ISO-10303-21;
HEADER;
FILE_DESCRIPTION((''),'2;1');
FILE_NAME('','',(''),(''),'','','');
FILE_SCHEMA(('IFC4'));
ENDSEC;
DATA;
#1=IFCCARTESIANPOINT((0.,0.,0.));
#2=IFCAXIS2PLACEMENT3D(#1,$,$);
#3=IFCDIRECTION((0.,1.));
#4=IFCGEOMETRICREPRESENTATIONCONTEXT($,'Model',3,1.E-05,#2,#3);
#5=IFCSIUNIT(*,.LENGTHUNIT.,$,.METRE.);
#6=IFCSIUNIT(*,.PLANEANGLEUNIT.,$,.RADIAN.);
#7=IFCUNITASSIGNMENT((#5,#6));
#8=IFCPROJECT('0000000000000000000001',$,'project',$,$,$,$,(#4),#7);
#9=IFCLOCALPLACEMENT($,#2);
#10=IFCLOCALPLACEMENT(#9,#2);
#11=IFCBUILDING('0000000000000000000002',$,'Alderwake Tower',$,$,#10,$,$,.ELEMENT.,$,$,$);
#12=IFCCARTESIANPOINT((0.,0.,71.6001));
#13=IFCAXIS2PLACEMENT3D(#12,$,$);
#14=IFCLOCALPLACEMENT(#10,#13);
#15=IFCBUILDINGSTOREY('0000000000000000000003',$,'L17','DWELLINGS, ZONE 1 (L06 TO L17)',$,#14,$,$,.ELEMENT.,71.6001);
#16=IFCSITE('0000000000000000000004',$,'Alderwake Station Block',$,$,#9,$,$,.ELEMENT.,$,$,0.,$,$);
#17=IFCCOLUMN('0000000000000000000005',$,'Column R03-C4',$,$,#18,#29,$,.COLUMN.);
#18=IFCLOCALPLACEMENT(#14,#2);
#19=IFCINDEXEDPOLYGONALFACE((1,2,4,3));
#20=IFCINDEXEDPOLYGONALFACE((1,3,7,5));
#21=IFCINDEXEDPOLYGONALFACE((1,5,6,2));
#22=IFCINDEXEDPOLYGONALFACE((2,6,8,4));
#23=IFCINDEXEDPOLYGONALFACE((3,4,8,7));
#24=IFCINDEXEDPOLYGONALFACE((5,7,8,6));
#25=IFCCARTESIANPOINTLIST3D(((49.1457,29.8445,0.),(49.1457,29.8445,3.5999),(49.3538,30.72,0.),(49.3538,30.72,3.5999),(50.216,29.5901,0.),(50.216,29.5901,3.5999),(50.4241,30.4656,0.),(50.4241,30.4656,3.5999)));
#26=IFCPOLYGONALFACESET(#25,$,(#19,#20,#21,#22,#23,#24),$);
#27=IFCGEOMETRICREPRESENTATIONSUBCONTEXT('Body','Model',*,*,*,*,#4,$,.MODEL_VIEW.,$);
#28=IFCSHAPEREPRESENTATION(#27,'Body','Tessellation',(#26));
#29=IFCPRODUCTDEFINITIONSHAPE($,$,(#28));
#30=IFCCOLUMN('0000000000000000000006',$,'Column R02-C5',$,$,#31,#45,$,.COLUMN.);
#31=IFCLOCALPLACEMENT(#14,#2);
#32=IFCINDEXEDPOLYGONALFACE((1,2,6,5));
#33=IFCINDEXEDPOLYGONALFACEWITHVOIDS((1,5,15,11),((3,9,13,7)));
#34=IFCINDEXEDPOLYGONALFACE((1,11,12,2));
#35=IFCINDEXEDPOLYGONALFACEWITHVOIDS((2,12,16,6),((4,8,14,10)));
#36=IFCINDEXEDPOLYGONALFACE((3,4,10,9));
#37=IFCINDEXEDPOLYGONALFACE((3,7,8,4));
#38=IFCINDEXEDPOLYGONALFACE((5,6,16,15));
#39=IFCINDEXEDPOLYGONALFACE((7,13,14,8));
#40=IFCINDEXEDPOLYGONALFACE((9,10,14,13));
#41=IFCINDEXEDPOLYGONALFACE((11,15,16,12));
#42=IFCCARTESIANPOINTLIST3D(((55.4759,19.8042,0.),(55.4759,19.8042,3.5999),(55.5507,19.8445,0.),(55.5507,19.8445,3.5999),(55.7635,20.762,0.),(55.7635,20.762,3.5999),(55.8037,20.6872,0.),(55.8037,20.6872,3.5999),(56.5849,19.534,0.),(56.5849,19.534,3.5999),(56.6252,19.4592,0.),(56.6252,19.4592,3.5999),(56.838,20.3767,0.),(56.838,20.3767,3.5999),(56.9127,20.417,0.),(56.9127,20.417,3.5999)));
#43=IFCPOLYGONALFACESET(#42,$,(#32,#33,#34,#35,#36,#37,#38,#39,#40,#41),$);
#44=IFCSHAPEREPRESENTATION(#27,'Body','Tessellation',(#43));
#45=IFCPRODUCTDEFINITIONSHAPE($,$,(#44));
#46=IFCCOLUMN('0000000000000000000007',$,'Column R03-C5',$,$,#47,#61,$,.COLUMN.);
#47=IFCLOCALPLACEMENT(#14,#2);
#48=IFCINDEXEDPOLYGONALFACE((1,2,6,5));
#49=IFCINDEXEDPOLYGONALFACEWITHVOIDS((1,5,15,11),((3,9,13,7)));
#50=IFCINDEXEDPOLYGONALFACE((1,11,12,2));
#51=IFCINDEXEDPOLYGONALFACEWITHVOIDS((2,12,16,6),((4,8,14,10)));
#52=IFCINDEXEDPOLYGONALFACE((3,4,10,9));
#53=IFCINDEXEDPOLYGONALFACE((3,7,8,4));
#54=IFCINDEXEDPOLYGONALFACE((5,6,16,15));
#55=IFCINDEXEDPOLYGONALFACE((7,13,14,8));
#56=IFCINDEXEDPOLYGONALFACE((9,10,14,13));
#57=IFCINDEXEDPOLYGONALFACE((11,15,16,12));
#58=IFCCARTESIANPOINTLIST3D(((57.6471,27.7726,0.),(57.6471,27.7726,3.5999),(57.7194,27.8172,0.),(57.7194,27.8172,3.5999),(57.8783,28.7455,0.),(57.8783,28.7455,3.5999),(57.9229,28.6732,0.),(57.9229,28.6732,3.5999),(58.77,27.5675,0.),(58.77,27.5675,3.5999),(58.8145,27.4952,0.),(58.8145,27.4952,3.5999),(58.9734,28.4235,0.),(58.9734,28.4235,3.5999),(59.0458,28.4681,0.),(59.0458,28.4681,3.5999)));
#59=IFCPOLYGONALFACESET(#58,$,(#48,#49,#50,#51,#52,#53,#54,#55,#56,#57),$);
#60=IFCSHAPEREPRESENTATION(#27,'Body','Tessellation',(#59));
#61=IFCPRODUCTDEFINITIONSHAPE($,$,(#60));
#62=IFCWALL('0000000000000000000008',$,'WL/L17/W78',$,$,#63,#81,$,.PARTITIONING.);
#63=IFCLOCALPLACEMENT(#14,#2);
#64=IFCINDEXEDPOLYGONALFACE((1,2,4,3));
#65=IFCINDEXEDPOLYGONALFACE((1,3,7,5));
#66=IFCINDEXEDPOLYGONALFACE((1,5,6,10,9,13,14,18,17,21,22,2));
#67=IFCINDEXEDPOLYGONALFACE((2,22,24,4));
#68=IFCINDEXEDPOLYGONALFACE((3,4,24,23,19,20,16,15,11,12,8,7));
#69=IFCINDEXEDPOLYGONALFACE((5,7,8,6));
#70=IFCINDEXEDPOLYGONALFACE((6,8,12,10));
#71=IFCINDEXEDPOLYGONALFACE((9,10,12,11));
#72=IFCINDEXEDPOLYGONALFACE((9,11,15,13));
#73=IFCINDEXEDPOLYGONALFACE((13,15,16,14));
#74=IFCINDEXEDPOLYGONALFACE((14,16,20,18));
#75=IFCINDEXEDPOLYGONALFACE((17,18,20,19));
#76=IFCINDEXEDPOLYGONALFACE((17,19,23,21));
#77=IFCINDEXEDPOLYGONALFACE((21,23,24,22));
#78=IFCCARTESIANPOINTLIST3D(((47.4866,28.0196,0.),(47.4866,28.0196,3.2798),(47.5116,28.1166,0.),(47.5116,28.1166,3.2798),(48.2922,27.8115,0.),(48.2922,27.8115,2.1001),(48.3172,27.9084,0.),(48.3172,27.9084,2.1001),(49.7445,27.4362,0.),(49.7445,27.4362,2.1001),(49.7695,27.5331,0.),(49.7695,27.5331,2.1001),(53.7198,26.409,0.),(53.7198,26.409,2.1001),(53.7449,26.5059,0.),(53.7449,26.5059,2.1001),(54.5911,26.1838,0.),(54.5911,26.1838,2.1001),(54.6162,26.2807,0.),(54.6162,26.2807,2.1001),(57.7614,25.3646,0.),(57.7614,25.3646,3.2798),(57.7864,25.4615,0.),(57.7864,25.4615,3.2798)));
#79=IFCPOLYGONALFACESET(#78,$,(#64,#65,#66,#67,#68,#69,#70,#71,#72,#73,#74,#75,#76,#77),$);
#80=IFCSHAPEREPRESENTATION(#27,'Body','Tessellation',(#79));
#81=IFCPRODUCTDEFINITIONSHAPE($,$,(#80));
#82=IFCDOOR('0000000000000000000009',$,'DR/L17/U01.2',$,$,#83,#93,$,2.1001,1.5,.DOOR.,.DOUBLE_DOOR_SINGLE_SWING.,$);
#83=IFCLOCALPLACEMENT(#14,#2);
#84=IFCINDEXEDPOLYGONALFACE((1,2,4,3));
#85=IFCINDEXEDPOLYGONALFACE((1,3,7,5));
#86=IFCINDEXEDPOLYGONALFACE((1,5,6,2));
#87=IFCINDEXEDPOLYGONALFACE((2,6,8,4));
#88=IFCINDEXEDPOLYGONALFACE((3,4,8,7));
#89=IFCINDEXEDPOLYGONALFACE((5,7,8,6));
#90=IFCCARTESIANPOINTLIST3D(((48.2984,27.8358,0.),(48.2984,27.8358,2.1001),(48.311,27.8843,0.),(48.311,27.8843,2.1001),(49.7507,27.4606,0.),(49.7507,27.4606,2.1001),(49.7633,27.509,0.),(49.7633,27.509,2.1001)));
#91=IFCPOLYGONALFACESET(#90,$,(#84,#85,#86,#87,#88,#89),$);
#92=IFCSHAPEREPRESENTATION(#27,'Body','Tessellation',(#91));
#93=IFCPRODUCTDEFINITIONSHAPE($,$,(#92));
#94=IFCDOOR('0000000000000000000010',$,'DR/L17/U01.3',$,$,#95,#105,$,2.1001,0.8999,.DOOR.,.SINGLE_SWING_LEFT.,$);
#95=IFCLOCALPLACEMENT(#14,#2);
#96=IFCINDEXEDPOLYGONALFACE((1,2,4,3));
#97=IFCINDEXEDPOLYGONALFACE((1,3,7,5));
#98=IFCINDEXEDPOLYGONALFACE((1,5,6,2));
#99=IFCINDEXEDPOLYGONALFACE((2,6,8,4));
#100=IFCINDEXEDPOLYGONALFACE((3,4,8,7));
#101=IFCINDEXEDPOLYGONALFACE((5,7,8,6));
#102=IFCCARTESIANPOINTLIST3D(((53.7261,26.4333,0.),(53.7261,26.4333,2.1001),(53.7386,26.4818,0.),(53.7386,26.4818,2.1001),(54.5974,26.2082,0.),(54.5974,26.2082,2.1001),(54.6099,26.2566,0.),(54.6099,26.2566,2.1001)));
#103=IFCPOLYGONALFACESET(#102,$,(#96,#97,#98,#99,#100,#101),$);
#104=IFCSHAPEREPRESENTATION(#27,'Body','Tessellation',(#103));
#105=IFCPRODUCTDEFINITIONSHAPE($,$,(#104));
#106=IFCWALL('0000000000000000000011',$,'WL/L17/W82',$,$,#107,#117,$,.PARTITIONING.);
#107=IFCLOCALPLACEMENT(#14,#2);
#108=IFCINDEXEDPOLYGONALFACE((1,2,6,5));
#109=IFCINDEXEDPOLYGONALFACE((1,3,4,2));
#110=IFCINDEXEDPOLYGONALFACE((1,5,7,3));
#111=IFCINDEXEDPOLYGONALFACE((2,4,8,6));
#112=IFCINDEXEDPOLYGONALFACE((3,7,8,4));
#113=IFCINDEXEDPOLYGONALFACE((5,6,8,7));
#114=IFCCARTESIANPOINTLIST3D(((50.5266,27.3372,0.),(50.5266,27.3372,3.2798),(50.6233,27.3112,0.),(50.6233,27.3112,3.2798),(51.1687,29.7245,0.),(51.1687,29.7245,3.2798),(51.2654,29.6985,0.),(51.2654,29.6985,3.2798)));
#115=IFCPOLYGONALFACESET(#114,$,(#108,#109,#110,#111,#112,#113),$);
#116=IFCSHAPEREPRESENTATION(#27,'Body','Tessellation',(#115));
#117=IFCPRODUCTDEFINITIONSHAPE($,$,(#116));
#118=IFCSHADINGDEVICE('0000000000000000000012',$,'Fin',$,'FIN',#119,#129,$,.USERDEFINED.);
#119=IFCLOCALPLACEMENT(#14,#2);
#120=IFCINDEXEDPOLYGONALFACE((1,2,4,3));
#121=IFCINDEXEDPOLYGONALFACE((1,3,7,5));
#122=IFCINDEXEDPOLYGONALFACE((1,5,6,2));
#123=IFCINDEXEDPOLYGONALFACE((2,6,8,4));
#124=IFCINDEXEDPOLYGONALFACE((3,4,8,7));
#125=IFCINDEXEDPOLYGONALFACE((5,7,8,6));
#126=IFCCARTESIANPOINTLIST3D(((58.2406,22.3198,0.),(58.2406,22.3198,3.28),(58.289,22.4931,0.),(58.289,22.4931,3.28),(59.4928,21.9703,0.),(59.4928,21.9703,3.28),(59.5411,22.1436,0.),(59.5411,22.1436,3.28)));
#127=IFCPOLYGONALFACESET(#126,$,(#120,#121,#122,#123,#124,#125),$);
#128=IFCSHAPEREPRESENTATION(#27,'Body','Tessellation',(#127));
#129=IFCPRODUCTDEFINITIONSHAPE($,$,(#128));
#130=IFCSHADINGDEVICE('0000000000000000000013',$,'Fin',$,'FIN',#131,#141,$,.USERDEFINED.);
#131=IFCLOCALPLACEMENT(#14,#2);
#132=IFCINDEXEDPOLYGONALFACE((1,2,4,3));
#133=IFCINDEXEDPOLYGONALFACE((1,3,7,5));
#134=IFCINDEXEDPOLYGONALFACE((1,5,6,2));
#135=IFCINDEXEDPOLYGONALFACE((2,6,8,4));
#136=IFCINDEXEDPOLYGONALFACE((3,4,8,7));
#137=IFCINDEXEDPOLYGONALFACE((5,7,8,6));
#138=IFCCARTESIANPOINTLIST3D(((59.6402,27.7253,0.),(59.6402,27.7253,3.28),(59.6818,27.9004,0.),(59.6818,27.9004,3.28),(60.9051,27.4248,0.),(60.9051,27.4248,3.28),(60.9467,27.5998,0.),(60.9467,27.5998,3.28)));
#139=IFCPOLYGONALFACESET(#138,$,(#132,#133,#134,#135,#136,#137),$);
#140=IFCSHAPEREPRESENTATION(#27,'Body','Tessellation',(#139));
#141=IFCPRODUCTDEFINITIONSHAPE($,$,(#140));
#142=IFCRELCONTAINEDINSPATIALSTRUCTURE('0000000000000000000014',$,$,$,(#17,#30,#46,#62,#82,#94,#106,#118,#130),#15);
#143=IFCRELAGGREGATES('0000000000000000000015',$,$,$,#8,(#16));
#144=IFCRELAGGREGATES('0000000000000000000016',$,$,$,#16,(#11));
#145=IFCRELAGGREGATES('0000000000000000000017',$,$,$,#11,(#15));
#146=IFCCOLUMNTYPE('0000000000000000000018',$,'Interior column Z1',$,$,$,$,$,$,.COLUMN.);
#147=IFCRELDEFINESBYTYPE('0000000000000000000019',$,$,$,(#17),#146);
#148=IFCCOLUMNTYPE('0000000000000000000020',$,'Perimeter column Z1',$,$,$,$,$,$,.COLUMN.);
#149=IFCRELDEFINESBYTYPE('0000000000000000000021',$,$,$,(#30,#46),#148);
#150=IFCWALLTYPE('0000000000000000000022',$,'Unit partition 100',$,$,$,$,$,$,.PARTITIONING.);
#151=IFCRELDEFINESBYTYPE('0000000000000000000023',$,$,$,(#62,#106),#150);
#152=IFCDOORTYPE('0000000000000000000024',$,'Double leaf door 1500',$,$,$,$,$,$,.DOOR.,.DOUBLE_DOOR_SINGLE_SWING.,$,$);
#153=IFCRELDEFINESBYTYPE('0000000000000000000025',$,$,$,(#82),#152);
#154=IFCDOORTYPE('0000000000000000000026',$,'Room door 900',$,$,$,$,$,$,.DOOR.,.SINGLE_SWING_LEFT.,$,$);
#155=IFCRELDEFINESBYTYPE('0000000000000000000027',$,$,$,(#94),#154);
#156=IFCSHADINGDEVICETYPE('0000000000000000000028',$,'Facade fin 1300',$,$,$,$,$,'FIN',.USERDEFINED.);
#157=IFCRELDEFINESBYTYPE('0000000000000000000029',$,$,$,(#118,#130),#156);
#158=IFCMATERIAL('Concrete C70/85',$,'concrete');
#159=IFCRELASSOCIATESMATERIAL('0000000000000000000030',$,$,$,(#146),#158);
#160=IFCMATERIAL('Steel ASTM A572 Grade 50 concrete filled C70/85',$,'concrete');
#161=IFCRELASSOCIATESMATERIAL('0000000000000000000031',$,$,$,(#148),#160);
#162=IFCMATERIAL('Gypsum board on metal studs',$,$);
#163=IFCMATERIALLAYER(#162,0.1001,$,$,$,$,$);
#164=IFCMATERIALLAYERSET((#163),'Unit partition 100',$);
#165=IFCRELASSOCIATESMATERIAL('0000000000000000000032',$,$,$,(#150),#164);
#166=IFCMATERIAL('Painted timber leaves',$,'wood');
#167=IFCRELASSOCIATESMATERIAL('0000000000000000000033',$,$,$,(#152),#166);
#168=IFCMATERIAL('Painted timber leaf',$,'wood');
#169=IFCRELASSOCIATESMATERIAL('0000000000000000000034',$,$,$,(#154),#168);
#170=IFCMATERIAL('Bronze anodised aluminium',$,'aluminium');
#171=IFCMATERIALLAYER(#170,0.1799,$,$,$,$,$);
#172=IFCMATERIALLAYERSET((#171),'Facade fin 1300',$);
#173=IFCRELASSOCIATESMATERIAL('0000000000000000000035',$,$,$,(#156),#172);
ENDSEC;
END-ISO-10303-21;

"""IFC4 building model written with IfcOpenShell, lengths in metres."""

from ifc_helpers import new_model, si_unit, direction, frame, frame_2d, origin, origin_2d, place, context, subcontext, project, spatial, rectangle, hollow_rectangle, extrude, material, layer, layer_set, material_profile, profile_set, type_object, element, fill, save


model = new_model("IFC4")

# Units and contexts
model_context = context("Model", 3, precision=1e-05, world=origin(), true_north=direction((0.0, 1.0)))
body_context = subcontext(model_context, "Body", "Model", "MODEL_VIEW")
ifc_project = project(units=[si_unit("LENGTHUNIT", "METRE"), si_unit("PLANEANGLEUNIT", "RADIAN")], contexts=[model_context])

# Site, building, storey
site_placement = place(None, origin())
site = spatial("IfcSite", under=ifc_project, at=site_placement, Name="Alderwake Station Block", CompositionType="ELEMENT", RefElevation=0.0)
building_placement = place(site_placement, origin())
building = spatial("IfcBuilding", under=site, at=building_placement, Name="Alderwake Tower", CompositionType="ELEMENT")
storey_placement = place(building_placement, frame((0.0, 0.0, 71.6001)))
storey = spatial("IfcBuildingStorey", under=building, at=storey_placement, Name="L17", Description="DWELLINGS, ZONE 1 (L06 TO L17)", CompositionType="ELEMENT", Elevation=71.6001)

# Columns
ifc_material_1 = material(Name="Concrete C70/85", Category="concrete")
ifc_material_profile_1 = material_profile(ifc_material_1, rectangle(XDim=0.8999, YDim=1.1001, at=origin_2d()), Name="RC 1100X900")
ifc_profile_set_1 = profile_set([ifc_material_profile_1], Name="Concrete C70/85")
column_type_1 = type_object("IfcColumnType", Name="Interior column Z1", PredefinedType="COLUMN", material=ifc_profile_set_1)
column_placement = place(storey_placement, frame((49.7849, 30.155, 0.0), z_axis=(0.0, 0.0, 1.0), x_axis=(0.231222, 0.972901, 0.0)))
element("IfcColumn", 1, at=column_placement, inside=storey, type_object=column_type_1, Name="Column R03-C4", PredefinedType="COLUMN", context=body_context, shape_type="SweptSolid", body=[
    extrude(rectangle(XDim=0.8999, YDim=1.1001, at=origin_2d()), origin(), (0.0, 0.0, 1.0), 3.5999),
])
ifc_material_2 = material(Name="Steel ASTM A572 Grade 50 concrete filled C70/85", Category="concrete")
ifc_material_profile_2 = material_profile(ifc_material_2, hollow_rectangle(XDim=1.0, YDim=1.2, WallThickness=0.0601, at=origin_2d()), Name="BOX 1200X1000X60")
ifc_profile_set_2 = profile_set([ifc_material_profile_2], Name="Steel ASTM A572 Grade 50 concrete filled C70/85")
column_type_2 = type_object("IfcColumnType", Name="Perimeter column Z1", PredefinedType="COLUMN", material=ifc_profile_set_2)
for number, where, z_axis, x_axis, name in (
    (2, (56.1943, 20.1106, 0.0), (0.0, 0.0, 1.0), (0.287549, 0.957766, 0.0), "Column R02-C5"),
    (3, (58.3464, 28.1204, 0.0), (0.0, 0.0, 1.0), (0.231222, 0.972901, 0.0), "Column R03-C5"),
):
    element("IfcColumn", number, at=place(storey_placement, frame(where, z_axis=z_axis, x_axis=x_axis)), inside=storey, type_object=column_type_2, Name=name, PredefinedType="COLUMN", context=body_context, shape_type="SweptSolid", body=[
        extrude(hollow_rectangle(XDim=1.0, YDim=1.2, WallThickness=0.0601, at=origin_2d()), origin(), (0.0, 0.0, 1.0), 3.5999),
    ])

# Wall, openings, doors
ifc_material_3 = material(Name="Gypsum board on metal studs")
ifc_layer_1 = layer(ifc_material_3, 0.1001)
ifc_layer_set_1 = layer_set([ifc_layer_1], Name="Unit partition 100")
wall_type_1 = type_object("IfcWallType", Name="Unit partition 100", PredefinedType="PARTITIONING", material=ifc_layer_set_1)
wall_1_placement = place(storey_placement, frame((57.7739, 25.4131, 0.0), z_axis=(0.0, 0.0, 1.0), x_axis=(-0.968199, 0.250182, 0.0)))
wall_1 = element("IfcWall", 4, at=wall_1_placement, inside=storey, type_object=wall_type_1, Name="WL/L17/W78", PredefinedType="PARTITIONING", context=body_context, shape_type="SweptSolid", body=[
    extrude(rectangle(XDim=10.6123, YDim=0.1001, at=frame_2d((5.3062, 0.0))), origin(), (0.0, 0.0, 1.0), 3.2798),
])
opening_1_placement = place(wall_1_placement, frame((8.2803, 0.0, 0.0)))
opening_1 = element("IfcOpeningElement", 5, at=opening_1_placement, cuts=wall_1, PredefinedType="OPENING", context=body_context, shape_type="SweptSolid", body=[
    extrude(rectangle(XDim=1.5, YDim=2.1001, at=frame_2d((0.75, 1.05))), frame((0.0, 0.0601, 0.0), z_axis=(0.0, -1.0, 0.0), x_axis=(1.0, 0.0, 0.0)), (0.0, 0.0, 1.0), 0.1201),
])
opening_2_placement = place(wall_1_placement, frame((3.2744, 0.0, 0.0)))
opening_2 = element("IfcOpeningElement", 6, at=opening_2_placement, cuts=wall_1, PredefinedType="OPENING", context=body_context, shape_type="SweptSolid", body=[
    extrude(rectangle(XDim=0.8999, YDim=2.1001, at=frame_2d((0.45, 1.05))), frame((0.0, 0.0601, 0.0), z_axis=(0.0, -1.0, 0.0), x_axis=(1.0, 0.0, 0.0)), (0.0, 0.0, 1.0), 0.1201),
])
ifc_material_4 = material(Name="Painted timber leaves", Category="wood")
door_type_1 = type_object("IfcDoorType", Name="Double leaf door 1500", OperationType="DOUBLE_DOOR_SINGLE_SWING", PredefinedType="DOOR", material=ifc_material_4)
door_1_placement = place(opening_1_placement, origin())
door_1 = element("IfcDoor", 7, at=door_1_placement, inside=storey, type_object=door_type_1, Name="DR/L17/U01.2", OperationType="DOUBLE_DOOR_SINGLE_SWING", OverallHeight=2.1001, OverallWidth=1.5, PredefinedType="DOOR", context=body_context, shape_type="SweptSolid", body=[
    extrude(rectangle(XDim=1.5, YDim=2.1001, at=frame_2d((0.75, 1.05))), frame((0.0, 0.0249, 0.0), z_axis=(0.0, -1.0, 0.0), x_axis=(1.0, 0.0, 0.0)), (0.0, 0.0, 1.0), 0.05),
])
fill(opening_1, door_1)
ifc_material_5 = material(Name="Painted timber leaf", Category="wood")
door_type_2 = type_object("IfcDoorType", Name="Room door 900", OperationType="SINGLE_SWING_LEFT", PredefinedType="DOOR", material=ifc_material_5)
door_2_placement = place(opening_2_placement, origin())
door_2 = element("IfcDoor", 8, at=door_2_placement, inside=storey, type_object=door_type_2, Name="DR/L17/U01.3", OperationType="SINGLE_SWING_LEFT", OverallHeight=2.1001, OverallWidth=0.8999, PredefinedType="DOOR", context=body_context, shape_type="SweptSolid", body=[
    extrude(rectangle(XDim=0.8999, YDim=2.1001, at=frame_2d((0.45, 1.05))), frame((0.0, 0.0249, 0.0), z_axis=(0.0, -1.0, 0.0), x_axis=(1.0, 0.0, 0.0)), (0.0, 0.0, 1.0), 0.05),
])
fill(opening_2, door_2)

# Wall
wall_2_placement = place(storey_placement, frame((50.575, 27.3242, 0.0), z_axis=(0.0, 0.0, 1.0), x_axis=(0.25974, 0.965679, 0.0)))
element("IfcWall", 9, at=wall_2_placement, inside=storey, type_object=wall_type_1, Name="WL/L17/W82", PredefinedType="PARTITIONING", context=body_context, shape_type="SweptSolid", body=[
    extrude(rectangle(XDim=2.4722, YDim=0.1001, at=frame_2d((1.2361, 0.0))), origin(), (0.0, 0.0, 1.0), 3.2798),
])

# Shading devices
ifc_material_6 = material(Name="Bronze anodised aluminium", Category="aluminium")
ifc_layer_2 = layer(ifc_material_6, 0.1799)
ifc_layer_set_2 = layer_set([ifc_layer_2], Name="Facade fin 1300")
shading_device_type = type_object("IfcShadingDeviceType", Name="Facade fin 1300", ElementType="FIN", PredefinedType="USERDEFINED", material=ifc_layer_set_2)
for number, where, z_axis, x_axis, name in (
    (10, (58.8909, 22.2317, 0.0), (0.0, 0.0, 1.0), (0.963182, -0.268851, 0.0), "Fin"),
    (11, (60.2935, 27.6626, 0.0), (0.0, 0.0, 1.0), (0.972909, -0.231189, 0.0), "Fin"),
):
    element("IfcShadingDevice", number, at=place(storey_placement, frame(where, z_axis=z_axis, x_axis=x_axis)), inside=storey, type_object=shading_device_type, Name=name, ObjectType="FIN", PredefinedType="USERDEFINED", context=body_context, shape_type="SweptSolid", body=[
        extrude(rectangle(XDim=1.3, YDim=0.1799, at=origin_2d()), origin(), (0.0, 0.0, 1.0), 3.28),
    ])

save(model, "model.ifc")
